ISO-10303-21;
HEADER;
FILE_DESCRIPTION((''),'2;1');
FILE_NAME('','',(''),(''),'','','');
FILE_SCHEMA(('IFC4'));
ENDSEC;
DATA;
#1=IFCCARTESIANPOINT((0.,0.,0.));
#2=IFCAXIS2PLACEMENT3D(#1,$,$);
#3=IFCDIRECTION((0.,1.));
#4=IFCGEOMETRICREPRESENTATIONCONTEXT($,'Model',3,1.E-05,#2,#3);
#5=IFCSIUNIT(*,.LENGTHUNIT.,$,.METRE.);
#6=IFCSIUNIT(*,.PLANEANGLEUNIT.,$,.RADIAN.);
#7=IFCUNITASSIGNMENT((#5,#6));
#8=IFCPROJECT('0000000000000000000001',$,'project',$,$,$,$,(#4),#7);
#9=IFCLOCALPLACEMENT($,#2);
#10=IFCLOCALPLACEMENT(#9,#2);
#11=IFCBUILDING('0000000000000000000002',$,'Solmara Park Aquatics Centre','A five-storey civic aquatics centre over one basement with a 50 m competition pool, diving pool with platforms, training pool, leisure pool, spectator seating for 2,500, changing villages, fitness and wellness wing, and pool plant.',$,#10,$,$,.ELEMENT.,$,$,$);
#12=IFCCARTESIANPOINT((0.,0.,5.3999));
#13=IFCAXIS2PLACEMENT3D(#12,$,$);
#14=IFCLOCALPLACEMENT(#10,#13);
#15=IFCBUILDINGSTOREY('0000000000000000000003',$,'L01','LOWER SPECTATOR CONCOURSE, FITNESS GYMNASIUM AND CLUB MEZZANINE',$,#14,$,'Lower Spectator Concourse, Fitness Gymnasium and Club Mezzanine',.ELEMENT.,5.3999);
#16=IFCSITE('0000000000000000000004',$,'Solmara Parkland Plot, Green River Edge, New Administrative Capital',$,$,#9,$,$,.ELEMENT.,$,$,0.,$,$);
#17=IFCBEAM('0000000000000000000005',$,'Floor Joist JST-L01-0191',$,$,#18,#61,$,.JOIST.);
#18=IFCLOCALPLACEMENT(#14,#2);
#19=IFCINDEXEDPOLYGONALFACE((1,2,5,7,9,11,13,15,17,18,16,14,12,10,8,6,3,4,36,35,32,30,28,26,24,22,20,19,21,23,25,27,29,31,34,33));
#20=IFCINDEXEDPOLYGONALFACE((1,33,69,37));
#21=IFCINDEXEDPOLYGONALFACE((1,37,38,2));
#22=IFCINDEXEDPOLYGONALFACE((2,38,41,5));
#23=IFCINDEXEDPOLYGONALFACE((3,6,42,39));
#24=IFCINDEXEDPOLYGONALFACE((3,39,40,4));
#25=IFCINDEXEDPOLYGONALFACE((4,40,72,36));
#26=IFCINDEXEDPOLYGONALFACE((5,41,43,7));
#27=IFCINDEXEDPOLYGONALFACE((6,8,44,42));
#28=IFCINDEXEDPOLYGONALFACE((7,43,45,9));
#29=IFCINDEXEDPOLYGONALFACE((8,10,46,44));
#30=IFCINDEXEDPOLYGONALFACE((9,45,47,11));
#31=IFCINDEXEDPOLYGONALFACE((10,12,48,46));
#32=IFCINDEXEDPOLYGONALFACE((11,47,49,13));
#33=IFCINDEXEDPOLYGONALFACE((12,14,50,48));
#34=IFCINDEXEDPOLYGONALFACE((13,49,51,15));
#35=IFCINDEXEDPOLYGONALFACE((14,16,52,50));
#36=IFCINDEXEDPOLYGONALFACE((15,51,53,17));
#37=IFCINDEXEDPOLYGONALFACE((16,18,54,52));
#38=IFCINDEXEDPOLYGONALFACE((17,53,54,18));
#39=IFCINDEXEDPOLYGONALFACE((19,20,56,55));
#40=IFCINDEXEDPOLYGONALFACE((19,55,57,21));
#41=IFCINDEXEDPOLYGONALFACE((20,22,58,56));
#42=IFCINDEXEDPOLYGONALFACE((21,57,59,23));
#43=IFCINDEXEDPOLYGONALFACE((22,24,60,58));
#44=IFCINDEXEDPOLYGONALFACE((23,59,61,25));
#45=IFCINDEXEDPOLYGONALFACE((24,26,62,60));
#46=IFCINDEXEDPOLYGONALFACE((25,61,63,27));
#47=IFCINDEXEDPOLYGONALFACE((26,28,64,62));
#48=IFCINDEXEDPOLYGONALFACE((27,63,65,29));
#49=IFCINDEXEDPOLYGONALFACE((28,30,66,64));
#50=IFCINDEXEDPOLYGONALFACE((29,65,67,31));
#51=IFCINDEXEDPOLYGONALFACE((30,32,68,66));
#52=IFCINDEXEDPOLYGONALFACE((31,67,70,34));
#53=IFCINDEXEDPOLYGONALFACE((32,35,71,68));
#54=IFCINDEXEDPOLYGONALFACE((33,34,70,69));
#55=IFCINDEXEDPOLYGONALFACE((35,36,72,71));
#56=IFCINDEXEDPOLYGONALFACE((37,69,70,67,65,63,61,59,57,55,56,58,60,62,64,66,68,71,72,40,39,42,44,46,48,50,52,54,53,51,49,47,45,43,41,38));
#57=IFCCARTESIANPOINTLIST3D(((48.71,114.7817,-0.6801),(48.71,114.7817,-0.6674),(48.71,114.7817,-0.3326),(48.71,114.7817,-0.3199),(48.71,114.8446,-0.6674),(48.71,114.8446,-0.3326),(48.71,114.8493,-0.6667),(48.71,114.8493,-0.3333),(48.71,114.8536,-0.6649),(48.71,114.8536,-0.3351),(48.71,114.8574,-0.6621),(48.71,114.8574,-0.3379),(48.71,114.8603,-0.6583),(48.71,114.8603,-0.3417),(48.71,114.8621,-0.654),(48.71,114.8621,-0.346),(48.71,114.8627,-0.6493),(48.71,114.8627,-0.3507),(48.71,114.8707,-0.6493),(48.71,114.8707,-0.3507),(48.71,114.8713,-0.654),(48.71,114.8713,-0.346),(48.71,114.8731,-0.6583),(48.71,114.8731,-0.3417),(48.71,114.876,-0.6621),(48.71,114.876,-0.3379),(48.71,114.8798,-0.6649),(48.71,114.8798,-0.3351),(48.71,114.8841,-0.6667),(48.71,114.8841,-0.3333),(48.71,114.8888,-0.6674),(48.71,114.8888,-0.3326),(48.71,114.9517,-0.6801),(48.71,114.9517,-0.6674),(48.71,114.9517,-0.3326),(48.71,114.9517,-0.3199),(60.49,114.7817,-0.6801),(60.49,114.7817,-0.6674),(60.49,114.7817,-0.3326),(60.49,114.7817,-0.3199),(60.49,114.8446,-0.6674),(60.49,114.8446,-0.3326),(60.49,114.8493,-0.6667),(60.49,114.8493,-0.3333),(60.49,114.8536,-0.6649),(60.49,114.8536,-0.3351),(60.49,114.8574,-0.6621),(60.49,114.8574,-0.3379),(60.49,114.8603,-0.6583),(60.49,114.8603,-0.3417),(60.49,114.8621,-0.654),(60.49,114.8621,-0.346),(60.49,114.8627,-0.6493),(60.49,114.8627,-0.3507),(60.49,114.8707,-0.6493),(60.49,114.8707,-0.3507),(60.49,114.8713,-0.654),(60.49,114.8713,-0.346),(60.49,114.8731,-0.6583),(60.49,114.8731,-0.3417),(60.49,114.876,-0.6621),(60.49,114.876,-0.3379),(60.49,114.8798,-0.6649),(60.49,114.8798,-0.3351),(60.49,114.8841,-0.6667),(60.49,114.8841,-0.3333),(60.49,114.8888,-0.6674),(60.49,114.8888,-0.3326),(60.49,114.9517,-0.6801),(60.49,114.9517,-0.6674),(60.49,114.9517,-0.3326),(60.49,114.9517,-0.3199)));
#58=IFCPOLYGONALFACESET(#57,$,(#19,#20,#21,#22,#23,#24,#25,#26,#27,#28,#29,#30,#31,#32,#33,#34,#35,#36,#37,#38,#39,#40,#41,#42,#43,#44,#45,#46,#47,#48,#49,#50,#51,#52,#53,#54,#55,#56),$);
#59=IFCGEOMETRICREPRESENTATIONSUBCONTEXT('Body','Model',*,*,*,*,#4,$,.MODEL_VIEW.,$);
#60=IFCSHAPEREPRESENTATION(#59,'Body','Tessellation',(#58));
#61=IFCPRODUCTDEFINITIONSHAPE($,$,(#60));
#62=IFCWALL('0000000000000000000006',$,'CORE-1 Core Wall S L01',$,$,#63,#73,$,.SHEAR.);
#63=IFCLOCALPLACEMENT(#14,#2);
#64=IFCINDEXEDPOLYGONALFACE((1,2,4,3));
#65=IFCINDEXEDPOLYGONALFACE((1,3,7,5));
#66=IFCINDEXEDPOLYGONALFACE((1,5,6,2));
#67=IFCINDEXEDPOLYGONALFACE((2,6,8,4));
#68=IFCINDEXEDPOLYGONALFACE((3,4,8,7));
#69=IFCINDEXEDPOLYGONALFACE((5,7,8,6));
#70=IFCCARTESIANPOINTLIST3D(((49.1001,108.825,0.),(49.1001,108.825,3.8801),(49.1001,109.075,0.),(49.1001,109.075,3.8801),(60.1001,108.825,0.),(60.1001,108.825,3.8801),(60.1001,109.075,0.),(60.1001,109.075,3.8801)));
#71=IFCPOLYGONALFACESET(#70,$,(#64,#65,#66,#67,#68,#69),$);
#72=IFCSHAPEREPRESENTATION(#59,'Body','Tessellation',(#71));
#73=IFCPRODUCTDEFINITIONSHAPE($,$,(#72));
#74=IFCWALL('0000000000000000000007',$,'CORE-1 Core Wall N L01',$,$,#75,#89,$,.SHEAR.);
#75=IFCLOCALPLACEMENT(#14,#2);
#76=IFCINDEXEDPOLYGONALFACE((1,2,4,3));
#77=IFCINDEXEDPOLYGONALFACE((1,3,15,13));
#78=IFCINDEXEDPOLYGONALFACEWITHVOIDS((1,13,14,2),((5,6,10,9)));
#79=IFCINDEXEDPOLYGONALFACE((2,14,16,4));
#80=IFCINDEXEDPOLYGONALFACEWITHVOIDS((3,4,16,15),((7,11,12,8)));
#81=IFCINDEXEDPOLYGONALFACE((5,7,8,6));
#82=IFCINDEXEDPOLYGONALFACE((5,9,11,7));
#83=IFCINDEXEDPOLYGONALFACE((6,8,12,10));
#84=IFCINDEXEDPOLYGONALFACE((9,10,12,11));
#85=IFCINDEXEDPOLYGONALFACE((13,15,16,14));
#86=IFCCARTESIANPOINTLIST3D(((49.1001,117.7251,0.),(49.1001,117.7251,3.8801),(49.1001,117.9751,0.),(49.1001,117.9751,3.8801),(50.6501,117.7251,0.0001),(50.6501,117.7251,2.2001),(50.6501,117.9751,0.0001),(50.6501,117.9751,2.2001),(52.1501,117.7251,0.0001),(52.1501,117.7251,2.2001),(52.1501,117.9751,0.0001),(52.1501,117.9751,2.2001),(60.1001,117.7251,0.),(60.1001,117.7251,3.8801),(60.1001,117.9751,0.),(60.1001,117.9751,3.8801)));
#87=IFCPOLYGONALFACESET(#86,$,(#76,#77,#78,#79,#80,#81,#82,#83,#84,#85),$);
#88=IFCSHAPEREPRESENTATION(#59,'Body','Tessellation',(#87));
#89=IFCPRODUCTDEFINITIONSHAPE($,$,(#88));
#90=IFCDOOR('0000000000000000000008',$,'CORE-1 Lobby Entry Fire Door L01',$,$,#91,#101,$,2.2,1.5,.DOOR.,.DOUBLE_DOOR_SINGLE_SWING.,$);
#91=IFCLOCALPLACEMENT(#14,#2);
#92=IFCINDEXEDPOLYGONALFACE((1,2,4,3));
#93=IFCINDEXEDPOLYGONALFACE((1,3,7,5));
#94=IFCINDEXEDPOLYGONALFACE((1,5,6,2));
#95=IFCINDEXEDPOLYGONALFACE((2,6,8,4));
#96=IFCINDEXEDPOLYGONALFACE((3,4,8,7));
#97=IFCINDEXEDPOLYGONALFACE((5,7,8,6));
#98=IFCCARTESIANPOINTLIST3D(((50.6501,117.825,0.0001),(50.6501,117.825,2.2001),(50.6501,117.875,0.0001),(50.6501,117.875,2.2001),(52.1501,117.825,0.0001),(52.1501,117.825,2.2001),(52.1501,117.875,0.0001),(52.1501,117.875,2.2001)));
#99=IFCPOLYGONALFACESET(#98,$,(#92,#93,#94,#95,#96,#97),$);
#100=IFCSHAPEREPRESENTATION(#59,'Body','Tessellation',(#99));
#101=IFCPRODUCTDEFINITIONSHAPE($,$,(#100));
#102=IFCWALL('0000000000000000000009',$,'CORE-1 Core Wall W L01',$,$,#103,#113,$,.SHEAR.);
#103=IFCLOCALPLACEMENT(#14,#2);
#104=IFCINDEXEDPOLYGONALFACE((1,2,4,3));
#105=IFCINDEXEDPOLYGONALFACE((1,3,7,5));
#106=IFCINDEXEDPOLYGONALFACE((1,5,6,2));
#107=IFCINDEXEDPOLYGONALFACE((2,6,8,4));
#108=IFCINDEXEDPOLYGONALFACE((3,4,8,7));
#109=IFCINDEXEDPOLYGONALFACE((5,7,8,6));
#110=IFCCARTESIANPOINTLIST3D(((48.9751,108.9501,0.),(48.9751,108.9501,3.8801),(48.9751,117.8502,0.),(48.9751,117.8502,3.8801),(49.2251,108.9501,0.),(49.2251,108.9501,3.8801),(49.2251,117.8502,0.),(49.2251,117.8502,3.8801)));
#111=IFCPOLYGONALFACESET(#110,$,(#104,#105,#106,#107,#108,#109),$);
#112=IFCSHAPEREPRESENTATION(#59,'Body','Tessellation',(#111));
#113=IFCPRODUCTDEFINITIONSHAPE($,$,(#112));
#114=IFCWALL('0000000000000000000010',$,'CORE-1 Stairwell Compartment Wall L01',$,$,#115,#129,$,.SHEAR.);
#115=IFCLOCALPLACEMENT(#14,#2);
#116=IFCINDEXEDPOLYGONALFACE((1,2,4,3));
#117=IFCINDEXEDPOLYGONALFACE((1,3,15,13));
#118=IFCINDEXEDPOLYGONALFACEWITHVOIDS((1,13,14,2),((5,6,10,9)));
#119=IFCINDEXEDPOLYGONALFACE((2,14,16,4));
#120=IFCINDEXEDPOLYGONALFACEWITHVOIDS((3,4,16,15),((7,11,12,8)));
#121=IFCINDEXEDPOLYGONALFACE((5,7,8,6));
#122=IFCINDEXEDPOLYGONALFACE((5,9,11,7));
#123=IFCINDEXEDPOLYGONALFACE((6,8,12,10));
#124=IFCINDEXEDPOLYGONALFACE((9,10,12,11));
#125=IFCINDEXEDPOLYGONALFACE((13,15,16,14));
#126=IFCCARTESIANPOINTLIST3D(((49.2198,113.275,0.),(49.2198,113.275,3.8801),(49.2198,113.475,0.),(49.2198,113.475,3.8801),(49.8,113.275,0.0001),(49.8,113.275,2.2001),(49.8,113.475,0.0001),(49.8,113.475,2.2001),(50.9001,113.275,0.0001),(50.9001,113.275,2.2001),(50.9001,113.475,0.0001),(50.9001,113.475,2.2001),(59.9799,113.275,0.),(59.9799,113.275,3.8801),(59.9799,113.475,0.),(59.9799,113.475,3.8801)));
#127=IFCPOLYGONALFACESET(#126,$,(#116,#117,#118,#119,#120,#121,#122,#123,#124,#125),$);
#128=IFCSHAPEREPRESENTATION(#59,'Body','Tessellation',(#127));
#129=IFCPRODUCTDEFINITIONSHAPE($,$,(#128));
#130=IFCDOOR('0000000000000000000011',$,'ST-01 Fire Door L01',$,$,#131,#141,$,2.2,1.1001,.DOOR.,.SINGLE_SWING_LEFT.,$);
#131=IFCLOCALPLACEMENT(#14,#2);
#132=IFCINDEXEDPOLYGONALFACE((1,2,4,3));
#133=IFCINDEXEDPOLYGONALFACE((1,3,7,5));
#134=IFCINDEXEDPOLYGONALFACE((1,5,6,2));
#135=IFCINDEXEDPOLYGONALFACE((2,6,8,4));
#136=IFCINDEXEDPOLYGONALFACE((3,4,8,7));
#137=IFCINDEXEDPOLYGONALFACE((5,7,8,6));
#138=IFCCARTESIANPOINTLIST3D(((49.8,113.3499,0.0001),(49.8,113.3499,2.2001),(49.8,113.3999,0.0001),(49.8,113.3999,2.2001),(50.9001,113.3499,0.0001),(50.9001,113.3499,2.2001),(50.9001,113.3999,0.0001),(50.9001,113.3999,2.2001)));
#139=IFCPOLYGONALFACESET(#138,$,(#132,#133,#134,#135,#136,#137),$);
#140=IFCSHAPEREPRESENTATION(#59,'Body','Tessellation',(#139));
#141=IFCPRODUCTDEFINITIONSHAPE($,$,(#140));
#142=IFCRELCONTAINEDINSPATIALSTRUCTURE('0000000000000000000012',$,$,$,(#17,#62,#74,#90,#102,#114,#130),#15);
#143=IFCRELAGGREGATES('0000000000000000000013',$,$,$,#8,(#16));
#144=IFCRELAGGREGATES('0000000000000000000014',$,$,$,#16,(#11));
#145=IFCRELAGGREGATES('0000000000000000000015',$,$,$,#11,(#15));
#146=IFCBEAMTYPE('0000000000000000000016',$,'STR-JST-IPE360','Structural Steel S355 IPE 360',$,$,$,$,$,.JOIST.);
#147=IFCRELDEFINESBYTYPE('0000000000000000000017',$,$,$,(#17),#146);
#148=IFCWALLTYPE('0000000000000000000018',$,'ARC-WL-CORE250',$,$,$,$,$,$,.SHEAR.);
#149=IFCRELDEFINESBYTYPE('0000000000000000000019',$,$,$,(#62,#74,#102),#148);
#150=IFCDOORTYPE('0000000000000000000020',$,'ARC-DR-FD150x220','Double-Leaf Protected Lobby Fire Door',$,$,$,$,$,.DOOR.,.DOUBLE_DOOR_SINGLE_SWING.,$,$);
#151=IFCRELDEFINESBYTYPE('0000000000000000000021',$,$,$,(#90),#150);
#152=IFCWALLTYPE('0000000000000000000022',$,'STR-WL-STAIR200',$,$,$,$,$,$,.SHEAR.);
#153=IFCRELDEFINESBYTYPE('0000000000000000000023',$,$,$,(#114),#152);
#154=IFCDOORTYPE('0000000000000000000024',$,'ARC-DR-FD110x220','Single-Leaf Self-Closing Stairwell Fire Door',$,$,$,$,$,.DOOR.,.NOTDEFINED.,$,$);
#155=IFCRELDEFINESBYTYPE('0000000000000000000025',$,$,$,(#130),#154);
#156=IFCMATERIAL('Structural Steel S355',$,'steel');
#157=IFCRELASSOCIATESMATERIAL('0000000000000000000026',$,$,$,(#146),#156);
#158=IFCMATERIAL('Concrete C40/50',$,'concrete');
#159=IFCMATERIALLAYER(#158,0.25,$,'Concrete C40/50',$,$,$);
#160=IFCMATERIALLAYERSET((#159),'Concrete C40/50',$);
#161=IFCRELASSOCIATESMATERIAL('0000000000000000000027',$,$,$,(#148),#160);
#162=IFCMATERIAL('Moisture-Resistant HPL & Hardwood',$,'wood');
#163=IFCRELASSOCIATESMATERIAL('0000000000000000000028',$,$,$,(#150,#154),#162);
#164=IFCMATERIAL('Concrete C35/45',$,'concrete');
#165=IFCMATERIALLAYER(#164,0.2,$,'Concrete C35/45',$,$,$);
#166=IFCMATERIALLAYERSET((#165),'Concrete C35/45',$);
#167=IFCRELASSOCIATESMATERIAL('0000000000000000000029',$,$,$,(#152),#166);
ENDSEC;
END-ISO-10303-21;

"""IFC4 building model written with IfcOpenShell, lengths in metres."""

from ifc_helpers import new_model, si_unit, direction, frame, frame_2d, origin, origin_2d, place, context, subcontext, project, spatial, rectangle, i_section, extrude, material, layer, layer_set, material_profile, profile_set, type_object, element, fill, save


model = new_model("IFC4")

# Units and contexts
model_context = context("Model", 3, precision=1e-05, world=origin(), true_north=direction((0.0, 1.0)))
body_context = subcontext(model_context, "Body", "Model", "MODEL_VIEW")
ifc_project = project(units=[si_unit("LENGTHUNIT", "METRE"), si_unit("PLANEANGLEUNIT", "RADIAN")], contexts=[model_context])

# Site, building, storey
site_placement = place(None, origin())
site = spatial("IfcSite", under=ifc_project, at=site_placement, Name="Solmara Parkland Plot, Green River Edge, New Administrative Capital", CompositionType="ELEMENT", RefElevation=0.0)
building_placement = place(site_placement, origin())
building = spatial("IfcBuilding", under=site, at=building_placement, Name="Solmara Park Aquatics Centre", Description="A five-storey civic aquatics centre over one basement with a 50 m competition pool, diving pool with platforms, training pool, leisure pool, spectator seating for 2,500, changing villages, fitness and wellness wing, and pool plant.", CompositionType="ELEMENT")
storey_placement = place(building_placement, frame((0.0, 0.0, 5.3999)))
storey = spatial("IfcBuildingStorey", under=building, at=storey_placement, Name="L01", Description="LOWER SPECTATOR CONCOURSE, FITNESS GYMNASIUM AND CLUB MEZZANINE", LongName="Lower Spectator Concourse, Fitness Gymnasium and Club Mezzanine", CompositionType="ELEMENT", Elevation=5.3999)

# Shared definitions
ifc_material_1 = material(Name="Concrete C40/50", Category="concrete")
ifc_material_2 = material(Name="Structural Steel S355", Category="steel")

# Beam
ifc_material_profile_1 = material_profile(ifc_material_2, i_section(OverallWidth=0.1699, OverallDepth=0.3601, WebThickness=0.0081, FlangeThickness=0.0127, FilletRadius=0.0181, at=origin_2d()), Name="IPE 360")
ifc_profile_set_1 = profile_set([ifc_material_profile_1], Name="Structural Steel S355")
beam_type_1 = type_object("IfcBeamType", Name="STR-JST-IPE360", Description="Structural Steel S355 IPE 360", PredefinedType="JOIST", material=ifc_profile_set_1)
beam_1_placement = place(storey_placement, frame((48.71, 114.8667, -0.5), z_axis=(1.0, 0.0, 0.0), x_axis=(0.0, 1.0, 0.0)))
element("IfcBeam", 1, at=beam_1_placement, inside=storey, type_object=beam_type_1, Name="Floor Joist JST-L01-0191", PredefinedType="JOIST", context=body_context, shape_type="SweptSolid", body=[
    extrude(i_section(OverallWidth=0.1699, OverallDepth=0.3601, WebThickness=0.0081, FlangeThickness=0.0127, FilletRadius=0.0181, at=origin_2d()), origin(), (0.0, 0.0, 1.0), 11.78),
])

# Wall
ifc_layer_1 = layer(ifc_material_1, 0.25, Name="Concrete C40/50")
ifc_layer_set_1 = layer_set([ifc_layer_1], Name="Concrete C40/50")
wall_type_1 = type_object("IfcWallType", Name="ARC-WL-CORE250", PredefinedType="SHEAR", material=ifc_layer_set_1)
wall_1_placement = place(storey_placement, frame((49.1001, 108.95, 0.0), z_axis=(0.0, 0.0, 1.0), x_axis=(1.0, 0.0, 0.0)))
element("IfcWall", 2, at=wall_1_placement, inside=storey, type_object=wall_type_1, Name="CORE-1 Core Wall S L01", PredefinedType="SHEAR", context=body_context, shape_type="SweptSolid", body=[
    extrude(rectangle(XDim=11.0, YDim=0.25, at=frame_2d((5.5, 0.0))), origin(), (0.0, 0.0, 1.0), 3.8801),
])

# Wall, opening, door
wall_2_placement = place(storey_placement, frame((49.1001, 117.8501, 0.0), z_axis=(0.0, 0.0, 1.0), x_axis=(1.0, 0.0, 0.0)))
wall_2 = element("IfcWall", 3, at=wall_2_placement, inside=storey, type_object=wall_type_1, Name="CORE-1 Core Wall N L01", PredefinedType="SHEAR", context=body_context, shape_type="SweptSolid", body=[
    extrude(rectangle(XDim=11.0, YDim=0.25, at=frame_2d((5.5, 0.0))), origin(), (0.0, 0.0, 1.0), 3.8801),
])
opening_1_placement = place(wall_2_placement, frame((1.55, 0.0, 0.0)))
opening_1 = element("IfcOpeningElement", 4, at=opening_1_placement, cuts=wall_2, PredefinedType="OPENING", context=body_context, shape_type="SweptSolid", body=[
    extrude(rectangle(XDim=1.5, YDim=2.2, at=frame_2d((0.75, 1.1001))), frame((0.0, 0.135, 0.0), z_axis=(0.0, -1.0, 0.0), x_axis=(1.0, 0.0, 0.0)), (0.0, 0.0, 1.0), 0.27),
])
ifc_material_3 = material(Name="Moisture-Resistant HPL & Hardwood", Category="wood")
door_type_1 = type_object("IfcDoorType", Name="ARC-DR-FD150x220", Description="Double-Leaf Protected Lobby Fire Door", OperationType="DOUBLE_DOOR_SINGLE_SWING", PredefinedType="DOOR", material=ifc_material_3)
door_1_placement = place(opening_1_placement, origin())
door_1 = element("IfcDoor", 5, at=door_1_placement, inside=storey, type_object=door_type_1, Name="CORE-1 Lobby Entry Fire Door L01", OperationType="DOUBLE_DOOR_SINGLE_SWING", OverallHeight=2.2, OverallWidth=1.5, PredefinedType="DOOR", context=body_context, shape_type="SweptSolid", body=[
    extrude(rectangle(XDim=1.5, YDim=2.2, at=frame_2d((0.75, 1.1001))), frame((0.0, 0.0249, 0.0), z_axis=(0.0, -1.0, 0.0), x_axis=(1.0, 0.0, 0.0)), (0.0, 0.0, 1.0), 0.05),
])
fill(opening_1, door_1)

# Wall
wall_3_placement = place(storey_placement, frame((49.1001, 108.95, 0.0), z_axis=(0.0, 0.0, 1.0), x_axis=(0.0, 1.0, 0.0)))
element("IfcWall", 6, at=wall_3_placement, inside=storey, type_object=wall_type_1, Name="CORE-1 Core Wall W L01", PredefinedType="SHEAR", context=body_context, shape_type="SweptSolid", body=[
    extrude(rectangle(XDim=8.9001, YDim=0.25, at=frame_2d((4.4502, 0.0))), origin(), (0.0, 0.0, 1.0), 3.8801),
])

# Wall, opening, door
ifc_material_4 = material(Name="Concrete C35/45", Category="concrete")
ifc_layer_2 = layer(ifc_material_4, 0.2, Name="Concrete C35/45")
ifc_layer_set_2 = layer_set([ifc_layer_2], Name="Concrete C35/45")
wall_type_2 = type_object("IfcWallType", Name="STR-WL-STAIR200", PredefinedType="SHEAR", material=ifc_layer_set_2)
wall_4_placement = place(storey_placement, frame((49.22, 113.375, 0.0), z_axis=(0.0, 0.0, 1.0), x_axis=(1.0, 0.0, 0.0)))
wall_4 = element("IfcWall", 7, at=wall_4_placement, inside=storey, type_object=wall_type_2, Name="CORE-1 Stairwell Compartment Wall L01", PredefinedType="SHEAR", context=body_context, shape_type="SweptSolid", body=[
    extrude(rectangle(XDim=10.76, YDim=0.2, at=frame_2d((5.3799, 0.0))), origin(), (0.0, 0.0, 1.0), 3.8801),
])
opening_2_placement = place(wall_4_placement, frame((0.5801, 0.0, 0.0)))
opening_2 = element("IfcOpeningElement", 8, at=opening_2_placement, cuts=wall_4, PredefinedType="OPENING", context=body_context, shape_type="SweptSolid", body=[
    extrude(rectangle(XDim=1.1001, YDim=2.2, at=frame_2d((0.55, 1.1001))), frame((0.0, 0.1099, 0.0), z_axis=(0.0, -1.0, 0.0), x_axis=(1.0, 0.0, 0.0)), (0.0, 0.0, 1.0), 0.22),
])
door_type_2 = type_object("IfcDoorType", Name="ARC-DR-FD110x220", Description="Single-Leaf Self-Closing Stairwell Fire Door", OperationType="NOTDEFINED", PredefinedType="DOOR", material=ifc_material_3)
door_2_placement = place(opening_2_placement, origin())
door_2 = element("IfcDoor", 9, at=door_2_placement, inside=storey, type_object=door_type_2, Name="ST-01 Fire Door L01", OperationType="SINGLE_SWING_LEFT", OverallHeight=2.2, OverallWidth=1.1001, PredefinedType="DOOR", context=body_context, shape_type="SweptSolid", body=[
    extrude(rectangle(XDim=1.1001, YDim=2.2, at=frame_2d((0.55, 1.1001))), frame((0.0, 0.0249, 0.0), z_axis=(0.0, -1.0, 0.0), x_axis=(1.0, 0.0, 0.0)), (0.0, 0.0, 1.0), 0.05),
])
fill(opening_2, door_2)

save(model, "model.ifc")
